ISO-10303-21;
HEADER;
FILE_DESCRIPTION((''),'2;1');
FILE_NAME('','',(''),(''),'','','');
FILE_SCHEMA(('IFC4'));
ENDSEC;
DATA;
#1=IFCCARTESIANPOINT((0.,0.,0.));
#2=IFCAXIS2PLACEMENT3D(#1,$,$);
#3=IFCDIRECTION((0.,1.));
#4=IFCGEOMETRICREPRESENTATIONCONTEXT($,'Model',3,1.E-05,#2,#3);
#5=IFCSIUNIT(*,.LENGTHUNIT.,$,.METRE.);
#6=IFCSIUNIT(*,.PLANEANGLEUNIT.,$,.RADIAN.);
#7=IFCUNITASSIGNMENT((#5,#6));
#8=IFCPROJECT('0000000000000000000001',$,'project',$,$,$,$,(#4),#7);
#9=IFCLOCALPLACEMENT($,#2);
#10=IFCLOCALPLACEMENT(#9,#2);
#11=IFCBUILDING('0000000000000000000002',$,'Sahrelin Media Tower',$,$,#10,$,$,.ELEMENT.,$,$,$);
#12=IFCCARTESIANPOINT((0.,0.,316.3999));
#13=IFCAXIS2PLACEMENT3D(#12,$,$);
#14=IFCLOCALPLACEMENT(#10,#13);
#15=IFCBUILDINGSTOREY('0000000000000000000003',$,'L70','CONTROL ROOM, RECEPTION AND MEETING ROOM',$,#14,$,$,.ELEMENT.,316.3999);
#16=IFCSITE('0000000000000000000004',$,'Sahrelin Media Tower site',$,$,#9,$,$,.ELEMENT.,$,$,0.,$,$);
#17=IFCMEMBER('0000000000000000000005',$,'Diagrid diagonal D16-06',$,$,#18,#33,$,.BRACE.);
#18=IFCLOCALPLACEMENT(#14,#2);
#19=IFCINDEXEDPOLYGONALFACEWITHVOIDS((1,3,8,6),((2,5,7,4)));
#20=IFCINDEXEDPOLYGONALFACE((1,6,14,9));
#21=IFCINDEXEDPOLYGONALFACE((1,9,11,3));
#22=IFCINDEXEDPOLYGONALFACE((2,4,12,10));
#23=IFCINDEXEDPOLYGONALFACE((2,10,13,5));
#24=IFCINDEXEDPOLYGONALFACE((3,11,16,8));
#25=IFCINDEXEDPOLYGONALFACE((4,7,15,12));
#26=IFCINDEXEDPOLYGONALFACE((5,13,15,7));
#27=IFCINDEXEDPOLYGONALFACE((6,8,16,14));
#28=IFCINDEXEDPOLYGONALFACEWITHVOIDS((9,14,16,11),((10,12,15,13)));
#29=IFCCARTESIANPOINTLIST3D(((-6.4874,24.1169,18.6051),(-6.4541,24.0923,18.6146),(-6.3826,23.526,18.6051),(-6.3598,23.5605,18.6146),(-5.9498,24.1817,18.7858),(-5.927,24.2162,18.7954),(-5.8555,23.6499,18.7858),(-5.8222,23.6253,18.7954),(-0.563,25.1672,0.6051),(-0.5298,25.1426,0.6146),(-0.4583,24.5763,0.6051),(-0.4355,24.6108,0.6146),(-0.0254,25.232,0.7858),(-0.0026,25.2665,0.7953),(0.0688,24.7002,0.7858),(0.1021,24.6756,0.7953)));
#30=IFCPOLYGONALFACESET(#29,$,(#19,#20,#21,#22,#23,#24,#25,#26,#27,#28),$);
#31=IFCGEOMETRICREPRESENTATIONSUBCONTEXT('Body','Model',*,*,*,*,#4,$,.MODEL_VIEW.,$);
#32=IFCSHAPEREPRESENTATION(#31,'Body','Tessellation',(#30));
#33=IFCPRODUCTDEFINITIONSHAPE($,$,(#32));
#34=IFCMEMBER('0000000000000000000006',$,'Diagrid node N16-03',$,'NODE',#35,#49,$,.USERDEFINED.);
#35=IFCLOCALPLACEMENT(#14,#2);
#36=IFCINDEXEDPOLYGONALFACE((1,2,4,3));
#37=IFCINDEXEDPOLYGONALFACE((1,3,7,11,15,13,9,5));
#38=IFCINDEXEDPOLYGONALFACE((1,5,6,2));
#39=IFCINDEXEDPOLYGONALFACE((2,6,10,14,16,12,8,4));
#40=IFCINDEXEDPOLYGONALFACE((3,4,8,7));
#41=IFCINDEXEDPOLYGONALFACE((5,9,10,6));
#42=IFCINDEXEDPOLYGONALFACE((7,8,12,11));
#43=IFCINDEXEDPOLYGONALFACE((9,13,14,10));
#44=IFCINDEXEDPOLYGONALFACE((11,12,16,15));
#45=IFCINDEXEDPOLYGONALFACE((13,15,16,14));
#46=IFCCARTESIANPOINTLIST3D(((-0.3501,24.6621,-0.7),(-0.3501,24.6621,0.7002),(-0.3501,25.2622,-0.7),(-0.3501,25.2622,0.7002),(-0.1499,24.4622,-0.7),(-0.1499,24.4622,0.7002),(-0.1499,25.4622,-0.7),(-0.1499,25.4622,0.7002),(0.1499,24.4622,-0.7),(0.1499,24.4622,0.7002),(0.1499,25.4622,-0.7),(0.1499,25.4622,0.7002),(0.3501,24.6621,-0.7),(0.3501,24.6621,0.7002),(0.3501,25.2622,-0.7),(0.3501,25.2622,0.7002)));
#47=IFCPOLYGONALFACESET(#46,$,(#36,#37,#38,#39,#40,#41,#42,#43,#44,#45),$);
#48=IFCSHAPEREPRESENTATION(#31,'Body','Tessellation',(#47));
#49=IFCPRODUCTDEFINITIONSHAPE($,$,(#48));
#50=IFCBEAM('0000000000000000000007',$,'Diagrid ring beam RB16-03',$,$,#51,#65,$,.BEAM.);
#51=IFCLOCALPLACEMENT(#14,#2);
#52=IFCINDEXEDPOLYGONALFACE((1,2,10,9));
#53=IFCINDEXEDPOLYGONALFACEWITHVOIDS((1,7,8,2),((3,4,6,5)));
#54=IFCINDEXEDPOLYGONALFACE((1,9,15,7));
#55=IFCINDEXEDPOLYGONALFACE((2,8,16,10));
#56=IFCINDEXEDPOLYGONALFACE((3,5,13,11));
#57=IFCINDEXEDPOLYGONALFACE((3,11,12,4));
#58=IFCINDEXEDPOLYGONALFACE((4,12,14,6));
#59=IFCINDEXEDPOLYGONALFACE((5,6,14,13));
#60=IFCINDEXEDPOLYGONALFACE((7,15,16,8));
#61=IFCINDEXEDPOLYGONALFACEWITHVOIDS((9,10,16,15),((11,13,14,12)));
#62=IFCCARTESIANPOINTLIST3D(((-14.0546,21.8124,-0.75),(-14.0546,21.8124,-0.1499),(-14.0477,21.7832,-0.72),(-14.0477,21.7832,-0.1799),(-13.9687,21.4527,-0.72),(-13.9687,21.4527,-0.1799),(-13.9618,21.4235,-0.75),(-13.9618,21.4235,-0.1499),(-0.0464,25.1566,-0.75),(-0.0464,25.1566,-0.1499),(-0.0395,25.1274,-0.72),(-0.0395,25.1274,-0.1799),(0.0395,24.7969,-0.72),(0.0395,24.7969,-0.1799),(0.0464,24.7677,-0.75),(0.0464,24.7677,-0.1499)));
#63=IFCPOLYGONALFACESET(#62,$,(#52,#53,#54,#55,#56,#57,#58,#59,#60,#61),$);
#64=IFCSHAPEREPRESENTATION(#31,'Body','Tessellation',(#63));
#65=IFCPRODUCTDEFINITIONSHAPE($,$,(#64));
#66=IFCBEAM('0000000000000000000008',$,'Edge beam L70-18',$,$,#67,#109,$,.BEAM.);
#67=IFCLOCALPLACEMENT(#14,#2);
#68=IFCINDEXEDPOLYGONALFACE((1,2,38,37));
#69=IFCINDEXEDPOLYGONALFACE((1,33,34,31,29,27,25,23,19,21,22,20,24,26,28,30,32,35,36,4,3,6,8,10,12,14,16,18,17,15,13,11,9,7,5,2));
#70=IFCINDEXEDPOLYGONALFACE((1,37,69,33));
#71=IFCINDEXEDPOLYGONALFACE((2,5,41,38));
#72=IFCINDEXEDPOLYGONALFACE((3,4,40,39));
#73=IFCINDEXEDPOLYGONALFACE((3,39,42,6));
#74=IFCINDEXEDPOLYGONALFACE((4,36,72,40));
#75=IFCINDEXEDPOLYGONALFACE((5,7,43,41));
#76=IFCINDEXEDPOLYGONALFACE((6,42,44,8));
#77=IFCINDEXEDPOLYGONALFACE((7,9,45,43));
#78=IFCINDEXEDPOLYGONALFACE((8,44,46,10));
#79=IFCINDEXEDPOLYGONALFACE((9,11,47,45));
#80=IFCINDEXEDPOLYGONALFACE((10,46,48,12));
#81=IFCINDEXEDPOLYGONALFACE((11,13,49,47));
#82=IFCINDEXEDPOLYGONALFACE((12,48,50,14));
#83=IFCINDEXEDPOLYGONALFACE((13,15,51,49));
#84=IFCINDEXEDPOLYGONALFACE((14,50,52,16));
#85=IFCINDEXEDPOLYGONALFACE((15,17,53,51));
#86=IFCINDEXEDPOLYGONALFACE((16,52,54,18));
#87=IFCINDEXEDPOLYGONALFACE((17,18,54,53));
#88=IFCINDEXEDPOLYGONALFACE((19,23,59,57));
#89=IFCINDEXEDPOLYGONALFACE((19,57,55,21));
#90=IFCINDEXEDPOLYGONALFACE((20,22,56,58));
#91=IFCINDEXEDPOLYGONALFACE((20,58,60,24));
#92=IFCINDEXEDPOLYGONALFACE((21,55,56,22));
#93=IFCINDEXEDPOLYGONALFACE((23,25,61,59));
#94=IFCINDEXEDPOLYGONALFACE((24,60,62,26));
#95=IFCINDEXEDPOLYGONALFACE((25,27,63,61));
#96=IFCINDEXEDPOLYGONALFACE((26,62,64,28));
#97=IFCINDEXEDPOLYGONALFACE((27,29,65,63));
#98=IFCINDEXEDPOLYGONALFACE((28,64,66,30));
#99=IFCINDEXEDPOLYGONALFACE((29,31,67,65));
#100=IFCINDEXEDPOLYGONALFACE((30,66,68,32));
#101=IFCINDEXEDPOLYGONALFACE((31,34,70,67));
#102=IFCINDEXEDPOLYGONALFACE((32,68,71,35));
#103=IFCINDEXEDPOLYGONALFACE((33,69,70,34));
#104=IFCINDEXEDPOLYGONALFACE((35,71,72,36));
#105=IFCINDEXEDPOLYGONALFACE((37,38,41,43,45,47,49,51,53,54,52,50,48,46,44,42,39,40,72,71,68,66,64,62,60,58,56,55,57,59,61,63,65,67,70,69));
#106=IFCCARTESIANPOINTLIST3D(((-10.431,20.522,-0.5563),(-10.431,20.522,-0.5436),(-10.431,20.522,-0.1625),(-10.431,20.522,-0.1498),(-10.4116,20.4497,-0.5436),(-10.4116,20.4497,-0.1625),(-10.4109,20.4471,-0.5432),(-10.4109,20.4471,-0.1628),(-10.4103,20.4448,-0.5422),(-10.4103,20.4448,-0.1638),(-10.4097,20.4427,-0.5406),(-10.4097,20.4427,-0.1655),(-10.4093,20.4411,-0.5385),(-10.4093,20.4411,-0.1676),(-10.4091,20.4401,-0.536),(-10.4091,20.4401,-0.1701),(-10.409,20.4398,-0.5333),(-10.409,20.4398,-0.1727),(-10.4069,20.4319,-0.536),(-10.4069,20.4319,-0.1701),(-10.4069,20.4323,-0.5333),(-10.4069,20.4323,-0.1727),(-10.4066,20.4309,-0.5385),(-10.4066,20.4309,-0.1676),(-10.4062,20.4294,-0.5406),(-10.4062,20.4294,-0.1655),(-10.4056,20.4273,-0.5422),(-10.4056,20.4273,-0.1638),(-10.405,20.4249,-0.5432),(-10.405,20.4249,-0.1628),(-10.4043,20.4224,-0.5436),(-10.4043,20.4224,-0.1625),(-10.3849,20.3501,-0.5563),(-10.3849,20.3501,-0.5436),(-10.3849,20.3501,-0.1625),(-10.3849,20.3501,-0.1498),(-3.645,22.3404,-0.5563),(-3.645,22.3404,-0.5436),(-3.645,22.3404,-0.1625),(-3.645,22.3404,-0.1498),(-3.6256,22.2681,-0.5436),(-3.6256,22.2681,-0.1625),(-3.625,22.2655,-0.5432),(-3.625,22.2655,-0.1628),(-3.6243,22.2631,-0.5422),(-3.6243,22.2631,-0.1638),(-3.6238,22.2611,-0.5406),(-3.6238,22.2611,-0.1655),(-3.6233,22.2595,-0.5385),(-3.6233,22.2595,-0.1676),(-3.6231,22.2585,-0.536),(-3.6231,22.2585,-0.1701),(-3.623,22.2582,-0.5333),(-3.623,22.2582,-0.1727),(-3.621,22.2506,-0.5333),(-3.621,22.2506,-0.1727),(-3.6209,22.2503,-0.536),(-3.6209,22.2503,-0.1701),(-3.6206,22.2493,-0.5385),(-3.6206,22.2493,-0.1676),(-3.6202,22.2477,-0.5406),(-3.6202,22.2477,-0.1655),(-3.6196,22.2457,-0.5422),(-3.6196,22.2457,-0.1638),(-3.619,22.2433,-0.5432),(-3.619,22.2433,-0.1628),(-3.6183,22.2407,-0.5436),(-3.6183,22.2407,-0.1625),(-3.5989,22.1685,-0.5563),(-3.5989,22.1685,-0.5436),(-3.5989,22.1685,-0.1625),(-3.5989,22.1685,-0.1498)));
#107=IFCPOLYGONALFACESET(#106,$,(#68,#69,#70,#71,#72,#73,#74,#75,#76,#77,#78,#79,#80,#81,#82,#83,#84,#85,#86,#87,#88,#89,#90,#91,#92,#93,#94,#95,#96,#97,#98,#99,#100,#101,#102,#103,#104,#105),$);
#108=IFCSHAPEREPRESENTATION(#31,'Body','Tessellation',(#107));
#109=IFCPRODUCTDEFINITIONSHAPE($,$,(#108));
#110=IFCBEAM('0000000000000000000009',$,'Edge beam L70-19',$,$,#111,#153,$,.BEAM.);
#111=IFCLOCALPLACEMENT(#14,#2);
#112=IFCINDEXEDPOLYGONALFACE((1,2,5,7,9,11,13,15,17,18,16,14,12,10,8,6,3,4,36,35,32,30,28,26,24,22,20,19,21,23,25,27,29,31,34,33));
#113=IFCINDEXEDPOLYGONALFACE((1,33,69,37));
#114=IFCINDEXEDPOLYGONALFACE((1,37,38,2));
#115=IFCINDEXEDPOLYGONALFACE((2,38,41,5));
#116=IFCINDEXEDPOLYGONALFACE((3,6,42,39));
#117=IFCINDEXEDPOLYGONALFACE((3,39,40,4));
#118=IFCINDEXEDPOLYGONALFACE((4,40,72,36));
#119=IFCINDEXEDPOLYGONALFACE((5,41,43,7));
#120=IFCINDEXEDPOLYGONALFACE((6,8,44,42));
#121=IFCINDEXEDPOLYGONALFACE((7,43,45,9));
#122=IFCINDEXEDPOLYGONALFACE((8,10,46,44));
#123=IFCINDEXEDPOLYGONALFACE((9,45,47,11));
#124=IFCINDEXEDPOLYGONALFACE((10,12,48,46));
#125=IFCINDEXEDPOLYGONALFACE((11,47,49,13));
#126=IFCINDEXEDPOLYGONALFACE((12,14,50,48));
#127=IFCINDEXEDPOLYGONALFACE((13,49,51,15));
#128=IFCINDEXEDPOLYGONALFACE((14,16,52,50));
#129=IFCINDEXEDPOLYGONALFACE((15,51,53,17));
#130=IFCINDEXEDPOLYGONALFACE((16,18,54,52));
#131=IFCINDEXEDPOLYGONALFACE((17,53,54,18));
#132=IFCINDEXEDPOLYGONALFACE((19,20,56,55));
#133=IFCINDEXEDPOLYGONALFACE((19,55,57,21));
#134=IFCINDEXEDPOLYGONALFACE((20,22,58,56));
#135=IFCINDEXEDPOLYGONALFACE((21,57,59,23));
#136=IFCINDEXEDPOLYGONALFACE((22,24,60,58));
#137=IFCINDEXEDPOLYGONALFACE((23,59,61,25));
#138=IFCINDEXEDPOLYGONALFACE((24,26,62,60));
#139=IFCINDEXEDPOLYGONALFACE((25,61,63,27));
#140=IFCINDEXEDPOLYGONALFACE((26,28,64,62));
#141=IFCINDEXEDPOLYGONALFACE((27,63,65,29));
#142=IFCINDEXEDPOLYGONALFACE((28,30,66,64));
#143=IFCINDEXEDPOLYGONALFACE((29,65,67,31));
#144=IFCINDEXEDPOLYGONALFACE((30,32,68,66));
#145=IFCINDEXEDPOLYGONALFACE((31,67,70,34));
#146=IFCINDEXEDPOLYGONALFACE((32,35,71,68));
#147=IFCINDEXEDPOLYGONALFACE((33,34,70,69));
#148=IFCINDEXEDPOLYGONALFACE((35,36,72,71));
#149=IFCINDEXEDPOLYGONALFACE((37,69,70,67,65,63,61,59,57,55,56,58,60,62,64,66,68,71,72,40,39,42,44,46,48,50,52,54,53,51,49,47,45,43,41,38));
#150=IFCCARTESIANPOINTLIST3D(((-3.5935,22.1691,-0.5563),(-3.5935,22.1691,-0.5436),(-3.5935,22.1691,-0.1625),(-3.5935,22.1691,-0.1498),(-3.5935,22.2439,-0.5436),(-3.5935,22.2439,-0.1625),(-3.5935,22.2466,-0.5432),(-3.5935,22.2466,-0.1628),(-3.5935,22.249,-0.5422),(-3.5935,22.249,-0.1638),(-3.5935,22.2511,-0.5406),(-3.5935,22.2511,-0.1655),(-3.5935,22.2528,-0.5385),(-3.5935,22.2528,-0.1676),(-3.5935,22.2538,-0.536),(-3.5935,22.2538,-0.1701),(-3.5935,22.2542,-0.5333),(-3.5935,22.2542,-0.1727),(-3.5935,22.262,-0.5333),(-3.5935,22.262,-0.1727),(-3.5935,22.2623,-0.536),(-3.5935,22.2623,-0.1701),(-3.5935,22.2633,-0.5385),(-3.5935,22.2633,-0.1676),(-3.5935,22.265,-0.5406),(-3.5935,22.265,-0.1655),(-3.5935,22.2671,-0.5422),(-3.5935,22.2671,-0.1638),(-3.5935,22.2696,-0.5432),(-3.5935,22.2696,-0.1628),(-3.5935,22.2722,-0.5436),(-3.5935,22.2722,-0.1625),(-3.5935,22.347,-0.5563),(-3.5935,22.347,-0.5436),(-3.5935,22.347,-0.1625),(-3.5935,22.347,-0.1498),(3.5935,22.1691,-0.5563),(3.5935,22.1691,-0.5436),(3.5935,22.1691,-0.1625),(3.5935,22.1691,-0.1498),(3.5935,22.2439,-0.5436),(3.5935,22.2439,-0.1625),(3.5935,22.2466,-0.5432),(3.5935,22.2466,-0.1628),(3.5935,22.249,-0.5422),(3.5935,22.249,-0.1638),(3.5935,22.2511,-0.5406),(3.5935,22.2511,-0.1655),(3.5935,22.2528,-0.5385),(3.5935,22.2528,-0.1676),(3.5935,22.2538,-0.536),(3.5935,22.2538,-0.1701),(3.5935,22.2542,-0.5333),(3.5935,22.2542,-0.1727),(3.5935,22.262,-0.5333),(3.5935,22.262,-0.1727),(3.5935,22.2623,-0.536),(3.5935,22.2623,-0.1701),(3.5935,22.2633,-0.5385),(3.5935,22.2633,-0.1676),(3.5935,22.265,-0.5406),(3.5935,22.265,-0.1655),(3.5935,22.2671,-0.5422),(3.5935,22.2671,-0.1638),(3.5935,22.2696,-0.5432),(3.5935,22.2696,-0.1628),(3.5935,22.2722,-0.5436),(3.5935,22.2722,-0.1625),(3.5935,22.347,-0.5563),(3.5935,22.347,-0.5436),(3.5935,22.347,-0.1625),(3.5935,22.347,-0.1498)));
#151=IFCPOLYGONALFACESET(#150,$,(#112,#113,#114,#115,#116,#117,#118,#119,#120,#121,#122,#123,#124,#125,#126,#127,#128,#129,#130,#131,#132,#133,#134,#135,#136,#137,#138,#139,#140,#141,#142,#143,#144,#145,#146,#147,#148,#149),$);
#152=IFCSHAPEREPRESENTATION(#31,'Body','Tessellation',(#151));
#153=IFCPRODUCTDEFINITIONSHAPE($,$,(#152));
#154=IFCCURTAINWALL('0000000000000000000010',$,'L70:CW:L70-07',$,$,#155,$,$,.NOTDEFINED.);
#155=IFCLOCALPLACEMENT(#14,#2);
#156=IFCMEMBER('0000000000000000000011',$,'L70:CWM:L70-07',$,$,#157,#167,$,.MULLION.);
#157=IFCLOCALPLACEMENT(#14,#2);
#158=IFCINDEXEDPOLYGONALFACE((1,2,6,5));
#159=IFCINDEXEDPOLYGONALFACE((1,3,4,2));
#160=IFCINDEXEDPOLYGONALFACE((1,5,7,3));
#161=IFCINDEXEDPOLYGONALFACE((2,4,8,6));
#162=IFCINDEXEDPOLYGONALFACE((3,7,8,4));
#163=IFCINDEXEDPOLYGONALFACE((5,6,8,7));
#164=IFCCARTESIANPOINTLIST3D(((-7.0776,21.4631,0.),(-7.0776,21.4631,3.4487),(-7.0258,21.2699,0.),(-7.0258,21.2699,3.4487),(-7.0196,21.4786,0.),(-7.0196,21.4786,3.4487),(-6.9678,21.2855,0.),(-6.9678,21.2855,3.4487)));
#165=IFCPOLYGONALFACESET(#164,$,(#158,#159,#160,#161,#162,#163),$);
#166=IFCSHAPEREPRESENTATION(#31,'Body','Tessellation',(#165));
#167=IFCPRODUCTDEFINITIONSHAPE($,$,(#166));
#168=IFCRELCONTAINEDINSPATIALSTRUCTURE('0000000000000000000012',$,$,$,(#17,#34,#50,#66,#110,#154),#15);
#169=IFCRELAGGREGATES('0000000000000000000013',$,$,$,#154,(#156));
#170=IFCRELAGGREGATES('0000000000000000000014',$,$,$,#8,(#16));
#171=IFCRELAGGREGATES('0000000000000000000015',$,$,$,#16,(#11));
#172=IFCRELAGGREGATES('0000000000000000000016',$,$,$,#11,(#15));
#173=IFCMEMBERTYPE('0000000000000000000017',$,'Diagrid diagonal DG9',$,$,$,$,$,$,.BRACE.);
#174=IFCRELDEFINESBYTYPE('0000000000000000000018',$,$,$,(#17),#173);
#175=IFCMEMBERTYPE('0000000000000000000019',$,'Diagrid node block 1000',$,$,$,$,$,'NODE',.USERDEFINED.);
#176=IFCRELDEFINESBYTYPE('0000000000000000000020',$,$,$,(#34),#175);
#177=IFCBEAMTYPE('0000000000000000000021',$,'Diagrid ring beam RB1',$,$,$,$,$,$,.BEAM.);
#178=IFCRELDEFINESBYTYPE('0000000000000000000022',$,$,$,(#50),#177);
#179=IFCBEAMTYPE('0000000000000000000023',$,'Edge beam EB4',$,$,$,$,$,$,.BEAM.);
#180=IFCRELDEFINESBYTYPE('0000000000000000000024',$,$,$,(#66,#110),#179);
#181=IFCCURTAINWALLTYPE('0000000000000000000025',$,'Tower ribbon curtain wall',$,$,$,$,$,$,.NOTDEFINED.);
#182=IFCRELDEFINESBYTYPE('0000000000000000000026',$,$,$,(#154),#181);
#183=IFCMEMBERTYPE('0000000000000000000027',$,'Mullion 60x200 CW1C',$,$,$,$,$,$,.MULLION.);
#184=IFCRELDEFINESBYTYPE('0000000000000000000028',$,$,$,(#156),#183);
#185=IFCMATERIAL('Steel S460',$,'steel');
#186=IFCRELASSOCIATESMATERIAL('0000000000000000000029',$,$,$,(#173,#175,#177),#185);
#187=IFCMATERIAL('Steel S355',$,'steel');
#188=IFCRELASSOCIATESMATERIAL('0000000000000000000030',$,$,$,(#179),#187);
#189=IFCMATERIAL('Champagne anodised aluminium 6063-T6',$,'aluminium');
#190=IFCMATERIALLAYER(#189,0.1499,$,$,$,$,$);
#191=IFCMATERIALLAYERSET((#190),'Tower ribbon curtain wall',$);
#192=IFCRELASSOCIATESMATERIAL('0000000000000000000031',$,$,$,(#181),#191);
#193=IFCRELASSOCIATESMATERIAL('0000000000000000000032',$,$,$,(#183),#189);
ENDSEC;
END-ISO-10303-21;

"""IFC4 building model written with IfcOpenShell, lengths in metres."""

from ifc_helpers import new_model, si_unit, direction, frame, origin, origin_2d, place, context, subcontext, project, spatial, polyline, rectangle, hollow_rectangle, i_section, outline, extrude, material, layer, layer_set, material_profile, profile_set, type_object, element, aggregate, save


model = new_model("IFC4")

# Units and contexts
model_context = context("Model", 3, precision=1e-05, world=origin(), true_north=direction((0.0, 1.0)))
body_context = subcontext(model_context, "Body", "Model", "MODEL_VIEW")
ifc_project = project(units=[si_unit("LENGTHUNIT", "METRE"), si_unit("PLANEANGLEUNIT", "RADIAN")], contexts=[model_context])

# Site, building, storey
site_placement = place(None, origin())
site = spatial("IfcSite", under=ifc_project, at=site_placement, Name="Sahrelin Media Tower site", CompositionType="ELEMENT", RefElevation=0.0)
building_placement = place(site_placement, origin())
building = spatial("IfcBuilding", under=site, at=building_placement, Name="Sahrelin Media Tower", CompositionType="ELEMENT")
storey_placement = place(building_placement, frame((0.0, 0.0, 316.3999)))
storey = spatial("IfcBuildingStorey", under=building, at=storey_placement, Name="L70", Description="CONTROL ROOM, RECEPTION AND MEETING ROOM", CompositionType="ELEMENT", Elevation=316.3999)

# Members
ifc_material_1 = material(Name="Steel S460", Category="steel")
ifc_material_profile_1 = material_profile(ifc_material_1, hollow_rectangle(XDim=0.6001, YDim=0.6001, WallThickness=0.03, at=origin_2d()), Name="Diagrid diagonal DG9")
ifc_profile_set_1 = profile_set([ifc_material_profile_1], Name="Steel S460")
member_type_1 = type_object("IfcMemberType", Name="Diagrid diagonal DG9", PredefinedType="BRACE", material=ifc_profile_set_1)
member_1_placement = place(storey_placement, frame((-0.2305, 24.9214, 0.7002), z_axis=(-0.312152, -0.05534, 0.948419), x_axis=(0.174563, -0.984646, 0.0)))
element("IfcMember", 1, at=member_1_placement, inside=storey, type_object=member_type_1, Name="Diagrid diagonal D16-06", PredefinedType="BRACE", context=body_context, shape_type="SweptSolid", body=[
    extrude(hollow_rectangle(XDim=0.6001, YDim=0.6001, WallThickness=0.03, at=origin_2d()), origin(), (0.0, 0.0, 1.0), 18.979),
])
ifc_material_profile_2 = material_profile(ifc_material_1, outline(polyline([(0.3, -0.3501), (0.5, -0.1499), (0.5, 0.1499), (0.3, 0.3501), (-0.3, 0.3501), (-0.5, 0.1499), (-0.5, -0.1499), (-0.3, -0.3501), (0.3, -0.3501)])), Name="Diagrid node block 1000")
ifc_profile_set_2 = profile_set([ifc_material_profile_2], Name="Steel S460")
member_type_2 = type_object("IfcMemberType", Name="Diagrid node block 1000", ElementType="NODE", PredefinedType="USERDEFINED", material=ifc_profile_set_2)
member_2_placement = place(storey_placement, frame((0.0, 24.9622, -0.7), z_axis=(0.0, 0.0, 1.0), x_axis=(0.0, 1.0, 0.0)))
element("IfcMember", 2, at=member_2_placement, inside=storey, type_object=member_type_2, Name="Diagrid node N16-03", ObjectType="NODE", PredefinedType="USERDEFINED", context=body_context, shape_type="SweptSolid", body=[
    extrude(outline(polyline([(0.3, -0.3501), (0.5, -0.1499), (0.5, 0.1499), (0.3, 0.3501), (-0.3, 0.3501), (-0.5, 0.1499), (-0.5, -0.1499), (-0.3, -0.3501), (0.3, -0.3501)])), origin(), (0.0, 0.0, 1.0), 1.4001),
])

# Beams
ifc_material_profile_3 = material_profile(ifc_material_1, hollow_rectangle(XDim=0.3999, YDim=0.6001, WallThickness=0.03, at=origin_2d()), Name="Diagrid ring beam RB1")
ifc_profile_set_3 = profile_set([ifc_material_profile_3], Name="Steel S460")
beam_type_1 = type_object("IfcBeamType", Name="Diagrid ring beam RB1", PredefinedType="BEAM", material=ifc_profile_set_3)
beam_1_placement = place(storey_placement, frame((0.0, 24.9622, -0.45), z_axis=(-0.972666, -0.232207, 0.0), x_axis=(0.232207, -0.972666, 0.0)))
element("IfcBeam", 3, at=beam_1_placement, inside=storey, type_object=beam_type_1, Name="Diagrid ring beam RB16-03", PredefinedType="BEAM", context=body_context, shape_type="SweptSolid", body=[
    extrude(hollow_rectangle(XDim=0.3999, YDim=0.6001, WallThickness=0.03, at=origin_2d()), origin(), (0.0, 0.0, 1.0), 14.4019),
])
ifc_material_2 = material(Name="Steel S355", Category="steel")
ifc_material_profile_4 = material_profile(ifc_material_2, i_section(OverallWidth=0.178, OverallDepth=0.4065, WebThickness=0.0078, FlangeThickness=0.0127, FilletRadius=0.0103, at=origin_2d()), Name="UB 406x178x60")
ifc_profile_set_4 = profile_set([ifc_material_profile_4], Name="Steel S355")
beam_type_2 = type_object("IfcBeamType", Name="Edge beam EB4", PredefinedType="BEAM", material=ifc_profile_set_4)
beam_2_placement = place(storey_placement, frame((-10.408, 20.436, -0.353), z_axis=(0.965923, 0.25883, 0.0), x_axis=(-0.25883, 0.965923, 0.0)))
element("IfcBeam", 4, at=beam_2_placement, inside=storey, type_object=beam_type_2, Name="Edge beam L70-18", PredefinedType="BEAM", context=body_context, shape_type="SweptSolid", body=[
    extrude(i_section(OverallWidth=0.178, OverallDepth=0.4065, WebThickness=0.0078, FlangeThickness=0.0127, FilletRadius=0.0103, at=origin_2d()), origin(), (0.0, 0.0, 1.0), 7.0254),
])
beam_3_placement = place(storey_placement, frame((-3.5935, 22.2581, -0.353), z_axis=(1.0, 0.0, 0.0), x_axis=(0.0, 1.0, 0.0)))
element("IfcBeam", 5, at=beam_3_placement, inside=storey, type_object=beam_type_2, Name="Edge beam L70-19", PredefinedType="BEAM", context=body_context, shape_type="SweptSolid", body=[
    extrude(i_section(OverallWidth=0.178, OverallDepth=0.4065, WebThickness=0.0078, FlangeThickness=0.0127, FilletRadius=0.0103, at=origin_2d()), origin(), (0.0, 0.0, 1.0), 7.187),
])

# Curtain wall, member
ifc_material_3 = material(Name="Champagne anodised aluminium 6063-T6", Category="aluminium")
ifc_layer_1 = layer(ifc_material_3, 0.1499)
ifc_layer_set_1 = layer_set([ifc_layer_1], Name="Tower ribbon curtain wall")
curtain_wall_type = type_object("IfcCurtainWallType", Name="Tower ribbon curtain wall", PredefinedType="NOTDEFINED", material=ifc_layer_set_1)
curtain_wall_1_placement = place(storey_placement, frame((-7.0537, 21.49, 0.0), z_axis=(0.0, 0.0, 1.0), x_axis=(1.0, 0.0, 0.0)))
curtain_wall_1 = element("IfcCurtainWall", 6, at=curtain_wall_1_placement, inside=storey, type_object=curtain_wall_type, Name="L70:CW:L70-07", PredefinedType="NOTDEFINED")
ifc_material_profile_5 = material_profile(ifc_material_3, rectangle(XDim=0.0601, YDim=0.2, at=origin_2d()), Name="Mullion 60x200")
ifc_profile_set_5 = profile_set([ifc_material_profile_5], Name="Champagne anodised aluminium 6063-T6")
member_type_3 = type_object("IfcMemberType", Name="Mullion 60x200 CW1C", PredefinedType="MULLION", material=ifc_profile_set_5)
member_3_placement = place(storey_placement, frame((-7.0227, 21.3743, 0.0), z_axis=(0.0, 0.0, 1.0), x_axis=(-0.965926, -0.258817, 0.0)))
member_3 = element("IfcMember", 7, at=member_3_placement, type_object=member_type_3, Name="L70:CWM:L70-07", PredefinedType="MULLION", context=body_context, shape_type="SweptSolid", body=[
    extrude(rectangle(XDim=0.0601, YDim=0.2, at=origin_2d()), origin(), (0.0, 0.0, 1.0), 3.4487),
])

aggregate(curtain_wall_1, [member_3])

save(model, "model.ifc")
